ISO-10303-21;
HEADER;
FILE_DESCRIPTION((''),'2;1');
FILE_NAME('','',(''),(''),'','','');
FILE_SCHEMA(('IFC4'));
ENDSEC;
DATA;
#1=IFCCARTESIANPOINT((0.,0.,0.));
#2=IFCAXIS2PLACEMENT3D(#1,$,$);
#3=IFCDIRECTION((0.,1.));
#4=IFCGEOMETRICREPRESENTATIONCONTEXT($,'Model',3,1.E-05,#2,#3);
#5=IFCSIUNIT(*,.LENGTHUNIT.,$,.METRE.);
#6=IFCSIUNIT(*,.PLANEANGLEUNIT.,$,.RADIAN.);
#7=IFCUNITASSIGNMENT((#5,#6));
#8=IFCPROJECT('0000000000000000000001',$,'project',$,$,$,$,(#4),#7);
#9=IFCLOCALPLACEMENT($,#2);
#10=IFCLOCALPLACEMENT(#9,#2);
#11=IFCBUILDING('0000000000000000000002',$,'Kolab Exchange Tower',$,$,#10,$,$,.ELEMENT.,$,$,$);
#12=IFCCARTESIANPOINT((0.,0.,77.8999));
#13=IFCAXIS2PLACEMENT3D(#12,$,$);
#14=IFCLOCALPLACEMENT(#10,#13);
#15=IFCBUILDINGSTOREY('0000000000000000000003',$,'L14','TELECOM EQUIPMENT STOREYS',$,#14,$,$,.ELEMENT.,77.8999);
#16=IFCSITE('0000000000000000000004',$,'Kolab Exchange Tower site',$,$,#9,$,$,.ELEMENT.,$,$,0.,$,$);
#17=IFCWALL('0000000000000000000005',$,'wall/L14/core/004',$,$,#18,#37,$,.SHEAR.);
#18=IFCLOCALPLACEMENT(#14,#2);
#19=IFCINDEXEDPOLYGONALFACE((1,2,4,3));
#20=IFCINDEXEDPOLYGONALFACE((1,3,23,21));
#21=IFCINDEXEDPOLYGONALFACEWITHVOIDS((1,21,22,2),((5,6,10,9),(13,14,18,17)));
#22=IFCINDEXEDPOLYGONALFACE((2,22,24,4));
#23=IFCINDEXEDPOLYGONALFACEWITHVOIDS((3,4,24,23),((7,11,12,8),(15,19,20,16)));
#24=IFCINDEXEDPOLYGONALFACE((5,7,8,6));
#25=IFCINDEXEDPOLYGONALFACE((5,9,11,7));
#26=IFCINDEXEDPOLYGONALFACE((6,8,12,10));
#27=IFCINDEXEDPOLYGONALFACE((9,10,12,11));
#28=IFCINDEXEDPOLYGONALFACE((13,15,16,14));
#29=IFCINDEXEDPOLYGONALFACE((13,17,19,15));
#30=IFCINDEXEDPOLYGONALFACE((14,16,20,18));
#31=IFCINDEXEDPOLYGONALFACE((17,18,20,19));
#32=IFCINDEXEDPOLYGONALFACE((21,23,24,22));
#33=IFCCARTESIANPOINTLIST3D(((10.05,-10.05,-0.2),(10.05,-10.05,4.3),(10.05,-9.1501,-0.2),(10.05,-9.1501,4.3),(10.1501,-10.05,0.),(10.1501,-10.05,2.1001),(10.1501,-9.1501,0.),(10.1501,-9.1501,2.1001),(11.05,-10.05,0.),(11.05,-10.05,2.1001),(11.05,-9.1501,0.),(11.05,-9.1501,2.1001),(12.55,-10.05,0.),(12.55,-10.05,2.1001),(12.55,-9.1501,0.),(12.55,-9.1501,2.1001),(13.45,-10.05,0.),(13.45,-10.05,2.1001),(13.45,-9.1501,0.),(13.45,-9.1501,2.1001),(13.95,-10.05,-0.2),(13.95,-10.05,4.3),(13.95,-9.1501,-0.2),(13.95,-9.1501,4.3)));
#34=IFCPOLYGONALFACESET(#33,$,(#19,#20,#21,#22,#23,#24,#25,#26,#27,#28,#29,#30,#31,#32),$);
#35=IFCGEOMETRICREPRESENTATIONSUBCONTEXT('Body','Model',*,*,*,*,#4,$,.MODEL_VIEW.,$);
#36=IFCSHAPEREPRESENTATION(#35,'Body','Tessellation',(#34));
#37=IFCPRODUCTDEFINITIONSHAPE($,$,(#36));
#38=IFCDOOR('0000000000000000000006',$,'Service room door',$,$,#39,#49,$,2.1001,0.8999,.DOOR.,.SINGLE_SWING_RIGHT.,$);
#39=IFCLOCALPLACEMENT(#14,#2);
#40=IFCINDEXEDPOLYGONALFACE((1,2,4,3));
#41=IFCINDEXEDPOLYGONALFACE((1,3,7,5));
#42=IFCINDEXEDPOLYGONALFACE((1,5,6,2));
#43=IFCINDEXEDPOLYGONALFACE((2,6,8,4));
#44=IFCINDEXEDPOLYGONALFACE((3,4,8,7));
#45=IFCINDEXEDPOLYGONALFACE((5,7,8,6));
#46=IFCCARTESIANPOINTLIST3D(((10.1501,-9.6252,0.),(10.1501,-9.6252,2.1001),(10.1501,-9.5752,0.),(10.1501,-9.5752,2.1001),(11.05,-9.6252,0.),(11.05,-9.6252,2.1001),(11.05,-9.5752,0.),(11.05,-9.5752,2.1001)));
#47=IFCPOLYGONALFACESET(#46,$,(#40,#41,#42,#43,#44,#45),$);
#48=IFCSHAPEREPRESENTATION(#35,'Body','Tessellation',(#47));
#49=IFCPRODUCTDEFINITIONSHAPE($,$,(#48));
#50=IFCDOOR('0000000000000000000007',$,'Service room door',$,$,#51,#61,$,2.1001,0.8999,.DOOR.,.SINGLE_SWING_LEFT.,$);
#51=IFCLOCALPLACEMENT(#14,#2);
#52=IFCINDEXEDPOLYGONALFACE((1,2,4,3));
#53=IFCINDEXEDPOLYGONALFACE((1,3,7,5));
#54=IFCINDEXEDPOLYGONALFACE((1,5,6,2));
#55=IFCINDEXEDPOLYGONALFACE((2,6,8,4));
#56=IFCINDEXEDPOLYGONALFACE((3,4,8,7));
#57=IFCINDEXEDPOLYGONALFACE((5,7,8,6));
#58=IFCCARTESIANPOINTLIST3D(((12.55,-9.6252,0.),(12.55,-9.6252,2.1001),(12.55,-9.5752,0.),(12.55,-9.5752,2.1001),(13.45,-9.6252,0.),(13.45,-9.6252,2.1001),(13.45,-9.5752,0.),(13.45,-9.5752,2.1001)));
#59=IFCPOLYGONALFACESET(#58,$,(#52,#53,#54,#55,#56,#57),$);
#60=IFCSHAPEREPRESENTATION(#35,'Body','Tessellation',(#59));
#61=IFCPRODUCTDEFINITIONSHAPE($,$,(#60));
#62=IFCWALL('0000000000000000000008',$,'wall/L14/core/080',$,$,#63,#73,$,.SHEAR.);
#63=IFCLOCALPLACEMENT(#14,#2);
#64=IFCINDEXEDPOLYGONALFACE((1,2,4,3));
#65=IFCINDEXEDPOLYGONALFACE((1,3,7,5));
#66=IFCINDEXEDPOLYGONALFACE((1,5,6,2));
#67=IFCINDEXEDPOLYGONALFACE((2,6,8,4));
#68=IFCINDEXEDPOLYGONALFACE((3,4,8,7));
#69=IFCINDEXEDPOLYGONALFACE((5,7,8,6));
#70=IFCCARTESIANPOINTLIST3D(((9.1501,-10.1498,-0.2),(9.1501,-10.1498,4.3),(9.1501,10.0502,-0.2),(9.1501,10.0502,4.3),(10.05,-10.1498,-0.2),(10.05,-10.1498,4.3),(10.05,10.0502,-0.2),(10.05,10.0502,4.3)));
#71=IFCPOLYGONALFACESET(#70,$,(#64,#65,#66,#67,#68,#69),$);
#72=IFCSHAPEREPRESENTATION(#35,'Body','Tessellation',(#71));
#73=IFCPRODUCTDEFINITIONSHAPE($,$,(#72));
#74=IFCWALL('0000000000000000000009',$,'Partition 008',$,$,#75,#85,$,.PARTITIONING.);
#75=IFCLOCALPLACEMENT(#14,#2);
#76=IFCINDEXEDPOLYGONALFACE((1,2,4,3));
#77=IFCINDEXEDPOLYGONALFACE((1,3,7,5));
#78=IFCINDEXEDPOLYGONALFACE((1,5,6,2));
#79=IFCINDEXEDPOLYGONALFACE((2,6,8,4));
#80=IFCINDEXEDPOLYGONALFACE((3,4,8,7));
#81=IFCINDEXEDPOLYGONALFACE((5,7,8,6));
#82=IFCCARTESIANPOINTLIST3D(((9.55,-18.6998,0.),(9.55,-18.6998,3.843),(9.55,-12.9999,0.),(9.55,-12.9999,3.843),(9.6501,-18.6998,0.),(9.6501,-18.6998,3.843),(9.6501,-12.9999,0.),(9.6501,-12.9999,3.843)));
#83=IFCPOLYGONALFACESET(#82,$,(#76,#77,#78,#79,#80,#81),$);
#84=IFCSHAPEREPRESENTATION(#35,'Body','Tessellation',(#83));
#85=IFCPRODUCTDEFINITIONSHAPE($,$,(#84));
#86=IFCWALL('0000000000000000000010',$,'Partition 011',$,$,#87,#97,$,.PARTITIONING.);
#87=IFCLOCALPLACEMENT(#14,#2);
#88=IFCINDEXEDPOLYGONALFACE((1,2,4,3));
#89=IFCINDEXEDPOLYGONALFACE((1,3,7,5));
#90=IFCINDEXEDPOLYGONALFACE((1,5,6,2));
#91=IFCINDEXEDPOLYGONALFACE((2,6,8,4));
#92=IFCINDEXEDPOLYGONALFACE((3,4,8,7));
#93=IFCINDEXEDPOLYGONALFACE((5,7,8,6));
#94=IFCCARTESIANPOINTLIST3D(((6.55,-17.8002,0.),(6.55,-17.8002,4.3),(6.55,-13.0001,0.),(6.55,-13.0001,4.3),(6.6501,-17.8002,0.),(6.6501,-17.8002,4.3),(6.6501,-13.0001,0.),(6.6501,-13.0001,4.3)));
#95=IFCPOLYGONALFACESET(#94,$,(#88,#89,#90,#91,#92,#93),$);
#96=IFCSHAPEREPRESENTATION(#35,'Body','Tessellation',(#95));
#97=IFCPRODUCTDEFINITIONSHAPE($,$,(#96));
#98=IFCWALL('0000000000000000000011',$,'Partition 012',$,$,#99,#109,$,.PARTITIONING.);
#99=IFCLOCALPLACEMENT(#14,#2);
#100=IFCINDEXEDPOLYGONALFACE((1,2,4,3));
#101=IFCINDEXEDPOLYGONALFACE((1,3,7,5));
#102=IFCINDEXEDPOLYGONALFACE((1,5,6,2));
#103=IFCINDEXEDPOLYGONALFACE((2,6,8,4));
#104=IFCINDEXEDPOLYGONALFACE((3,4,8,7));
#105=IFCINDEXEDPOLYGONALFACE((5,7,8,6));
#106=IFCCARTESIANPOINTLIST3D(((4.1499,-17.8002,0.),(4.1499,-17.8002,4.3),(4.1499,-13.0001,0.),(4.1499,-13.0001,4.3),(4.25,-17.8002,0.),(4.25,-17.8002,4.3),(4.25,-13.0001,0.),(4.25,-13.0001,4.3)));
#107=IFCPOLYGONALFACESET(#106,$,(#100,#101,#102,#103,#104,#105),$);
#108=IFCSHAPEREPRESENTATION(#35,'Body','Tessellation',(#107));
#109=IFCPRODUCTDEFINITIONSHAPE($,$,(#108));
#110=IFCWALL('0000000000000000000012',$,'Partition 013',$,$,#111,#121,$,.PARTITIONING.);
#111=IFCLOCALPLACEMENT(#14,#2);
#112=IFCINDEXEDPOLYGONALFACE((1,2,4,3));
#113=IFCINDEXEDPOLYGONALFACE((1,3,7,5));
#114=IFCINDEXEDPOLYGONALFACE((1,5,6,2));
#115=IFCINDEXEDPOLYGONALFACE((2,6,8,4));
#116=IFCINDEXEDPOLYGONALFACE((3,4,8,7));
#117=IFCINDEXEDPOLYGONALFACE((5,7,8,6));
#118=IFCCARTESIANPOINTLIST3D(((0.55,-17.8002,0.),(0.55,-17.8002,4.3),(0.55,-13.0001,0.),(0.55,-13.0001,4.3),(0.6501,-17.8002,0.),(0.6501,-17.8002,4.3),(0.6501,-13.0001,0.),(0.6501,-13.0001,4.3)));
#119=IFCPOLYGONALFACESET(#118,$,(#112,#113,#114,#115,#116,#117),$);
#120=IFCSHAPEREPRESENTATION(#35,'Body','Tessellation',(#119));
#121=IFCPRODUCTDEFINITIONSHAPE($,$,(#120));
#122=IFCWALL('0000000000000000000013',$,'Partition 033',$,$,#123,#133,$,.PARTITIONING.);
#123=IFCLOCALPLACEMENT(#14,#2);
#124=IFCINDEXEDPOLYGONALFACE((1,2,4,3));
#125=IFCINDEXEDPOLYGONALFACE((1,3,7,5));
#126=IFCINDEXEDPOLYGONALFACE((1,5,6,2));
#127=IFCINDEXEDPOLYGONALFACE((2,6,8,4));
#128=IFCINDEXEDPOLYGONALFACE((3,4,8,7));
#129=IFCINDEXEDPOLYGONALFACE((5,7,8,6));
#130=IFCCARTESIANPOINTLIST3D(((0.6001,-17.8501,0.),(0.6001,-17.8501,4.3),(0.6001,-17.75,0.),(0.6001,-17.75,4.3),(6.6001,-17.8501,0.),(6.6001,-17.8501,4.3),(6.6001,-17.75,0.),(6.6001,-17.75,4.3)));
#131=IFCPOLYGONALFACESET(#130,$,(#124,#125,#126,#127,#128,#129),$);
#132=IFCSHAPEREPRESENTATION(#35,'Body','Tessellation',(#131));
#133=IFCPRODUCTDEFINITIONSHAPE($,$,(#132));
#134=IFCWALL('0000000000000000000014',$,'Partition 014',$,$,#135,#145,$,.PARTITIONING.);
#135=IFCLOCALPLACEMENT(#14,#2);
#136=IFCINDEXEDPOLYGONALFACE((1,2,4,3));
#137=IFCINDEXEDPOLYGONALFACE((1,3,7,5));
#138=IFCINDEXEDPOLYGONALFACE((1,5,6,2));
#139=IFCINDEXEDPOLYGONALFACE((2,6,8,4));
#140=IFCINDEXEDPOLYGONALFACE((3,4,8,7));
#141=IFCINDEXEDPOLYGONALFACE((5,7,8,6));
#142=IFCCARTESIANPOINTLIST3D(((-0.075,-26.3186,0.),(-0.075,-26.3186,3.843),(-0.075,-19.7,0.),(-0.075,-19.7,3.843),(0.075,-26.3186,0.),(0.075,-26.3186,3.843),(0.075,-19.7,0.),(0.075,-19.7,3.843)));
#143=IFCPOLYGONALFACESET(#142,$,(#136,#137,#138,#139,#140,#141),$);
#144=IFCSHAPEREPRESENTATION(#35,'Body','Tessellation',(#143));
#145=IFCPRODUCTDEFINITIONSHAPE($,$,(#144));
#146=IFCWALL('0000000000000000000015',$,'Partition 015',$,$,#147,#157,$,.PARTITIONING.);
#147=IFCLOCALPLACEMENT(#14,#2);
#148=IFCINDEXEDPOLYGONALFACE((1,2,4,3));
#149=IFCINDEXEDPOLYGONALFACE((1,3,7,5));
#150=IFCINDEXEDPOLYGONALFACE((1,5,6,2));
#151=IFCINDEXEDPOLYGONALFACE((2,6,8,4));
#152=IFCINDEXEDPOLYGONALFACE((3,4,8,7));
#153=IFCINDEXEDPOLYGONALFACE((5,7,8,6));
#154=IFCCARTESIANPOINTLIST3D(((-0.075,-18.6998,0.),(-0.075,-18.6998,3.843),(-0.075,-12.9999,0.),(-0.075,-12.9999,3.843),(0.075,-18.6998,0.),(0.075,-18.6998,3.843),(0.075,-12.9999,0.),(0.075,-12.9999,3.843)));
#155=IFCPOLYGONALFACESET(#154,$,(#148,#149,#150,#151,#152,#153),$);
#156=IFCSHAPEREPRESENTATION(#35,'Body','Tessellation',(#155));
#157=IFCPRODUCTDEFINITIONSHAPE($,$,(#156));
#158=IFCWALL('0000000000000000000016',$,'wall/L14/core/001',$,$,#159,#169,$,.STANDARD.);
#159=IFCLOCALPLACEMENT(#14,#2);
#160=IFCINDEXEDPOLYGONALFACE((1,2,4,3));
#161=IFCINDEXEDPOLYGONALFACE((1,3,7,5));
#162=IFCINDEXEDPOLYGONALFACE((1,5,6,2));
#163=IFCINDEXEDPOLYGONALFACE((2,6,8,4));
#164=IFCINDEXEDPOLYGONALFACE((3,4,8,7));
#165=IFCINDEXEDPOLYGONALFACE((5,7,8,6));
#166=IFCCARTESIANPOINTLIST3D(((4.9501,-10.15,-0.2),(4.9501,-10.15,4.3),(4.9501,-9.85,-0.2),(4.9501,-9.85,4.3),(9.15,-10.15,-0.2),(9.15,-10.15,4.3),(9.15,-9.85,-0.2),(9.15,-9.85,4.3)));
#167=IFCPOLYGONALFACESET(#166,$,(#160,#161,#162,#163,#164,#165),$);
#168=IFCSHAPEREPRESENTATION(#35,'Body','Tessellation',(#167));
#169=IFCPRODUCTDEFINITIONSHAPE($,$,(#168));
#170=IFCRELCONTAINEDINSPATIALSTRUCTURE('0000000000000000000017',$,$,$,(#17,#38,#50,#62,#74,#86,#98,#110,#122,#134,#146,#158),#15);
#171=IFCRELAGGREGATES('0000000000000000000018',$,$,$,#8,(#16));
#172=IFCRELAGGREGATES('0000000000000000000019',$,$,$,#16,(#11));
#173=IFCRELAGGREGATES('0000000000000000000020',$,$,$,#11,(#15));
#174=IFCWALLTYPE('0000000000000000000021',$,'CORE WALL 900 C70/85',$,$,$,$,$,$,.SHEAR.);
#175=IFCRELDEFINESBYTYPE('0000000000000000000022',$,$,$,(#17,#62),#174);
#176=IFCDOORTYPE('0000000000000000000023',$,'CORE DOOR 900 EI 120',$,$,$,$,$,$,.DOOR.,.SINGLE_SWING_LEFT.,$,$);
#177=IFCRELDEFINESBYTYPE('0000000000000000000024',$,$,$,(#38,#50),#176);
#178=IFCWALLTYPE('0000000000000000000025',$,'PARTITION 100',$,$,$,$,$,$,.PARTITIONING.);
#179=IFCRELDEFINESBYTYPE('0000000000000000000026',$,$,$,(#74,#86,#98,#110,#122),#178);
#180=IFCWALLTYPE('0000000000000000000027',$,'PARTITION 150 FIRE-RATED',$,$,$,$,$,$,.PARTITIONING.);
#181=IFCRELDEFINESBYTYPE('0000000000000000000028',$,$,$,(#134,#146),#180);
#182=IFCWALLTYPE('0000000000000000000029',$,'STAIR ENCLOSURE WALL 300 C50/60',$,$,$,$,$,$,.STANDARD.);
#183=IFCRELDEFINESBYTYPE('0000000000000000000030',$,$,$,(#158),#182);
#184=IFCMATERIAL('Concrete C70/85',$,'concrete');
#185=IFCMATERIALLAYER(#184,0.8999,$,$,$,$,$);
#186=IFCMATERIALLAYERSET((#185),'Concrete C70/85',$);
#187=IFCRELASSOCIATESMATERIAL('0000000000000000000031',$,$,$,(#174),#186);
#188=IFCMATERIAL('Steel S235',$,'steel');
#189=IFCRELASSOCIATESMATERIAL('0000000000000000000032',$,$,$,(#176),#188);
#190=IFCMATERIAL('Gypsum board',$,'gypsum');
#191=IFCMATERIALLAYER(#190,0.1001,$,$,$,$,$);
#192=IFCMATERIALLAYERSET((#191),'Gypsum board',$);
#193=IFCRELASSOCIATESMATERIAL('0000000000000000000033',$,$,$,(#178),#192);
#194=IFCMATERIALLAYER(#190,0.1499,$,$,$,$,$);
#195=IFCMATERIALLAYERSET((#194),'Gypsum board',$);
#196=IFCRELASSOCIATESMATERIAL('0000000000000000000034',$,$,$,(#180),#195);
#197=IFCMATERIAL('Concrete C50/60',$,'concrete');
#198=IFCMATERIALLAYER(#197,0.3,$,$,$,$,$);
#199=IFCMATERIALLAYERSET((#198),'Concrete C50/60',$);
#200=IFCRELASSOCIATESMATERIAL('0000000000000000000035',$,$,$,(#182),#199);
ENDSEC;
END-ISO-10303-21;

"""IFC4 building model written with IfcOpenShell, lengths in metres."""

from ifc_helpers import new_model, si_unit, direction, frame, frame_2d, origin, place, context, subcontext, project, spatial, rectangle, extrude, material, layer, layer_set, type_object, element, fill, save


model = new_model("IFC4")

# Units and contexts
model_context = context("Model", 3, precision=1e-05, world=origin(), true_north=direction((0.0, 1.0)))
body_context = subcontext(model_context, "Body", "Model", "MODEL_VIEW")
ifc_project = project(units=[si_unit("LENGTHUNIT", "METRE"), si_unit("PLANEANGLEUNIT", "RADIAN")], contexts=[model_context])

# Site, building, storey
site_placement = place(None, origin())
site = spatial("IfcSite", under=ifc_project, at=site_placement, Name="Kolab Exchange Tower site", CompositionType="ELEMENT", RefElevation=0.0)
building_placement = place(site_placement, origin())
building = spatial("IfcBuilding", under=site, at=building_placement, Name="Kolab Exchange Tower", CompositionType="ELEMENT")
storey_placement = place(building_placement, frame((0.0, 0.0, 77.8999)))
storey = spatial("IfcBuildingStorey", under=building, at=storey_placement, Name="L14", Description="TELECOM EQUIPMENT STOREYS", CompositionType="ELEMENT", Elevation=77.8999)

# Shared definitions
ifc_material_1 = material(Name="Concrete C70/85", Category="concrete")

# Wall, openings, doors
ifc_layer_1 = layer(ifc_material_1, 0.8999)
ifc_layer_set_1 = layer_set([ifc_layer_1], Name="Concrete C70/85")
wall_type_1 = type_object("IfcWallType", Name="CORE WALL 900 C70/85", PredefinedType="SHEAR", material=ifc_layer_set_1)
wall_1_placement = place(storey_placement, frame((10.05, -9.6001, -0.2), z_axis=(0.0, 0.0, 1.0), x_axis=(1.0, 0.0, 0.0)))
wall_1 = element("IfcWall", 1, at=wall_1_placement, inside=storey, type_object=wall_type_1, Name="wall/L14/core/004", PredefinedType="SHEAR", context=body_context, shape_type="SweptSolid", body=[
    extrude(rectangle(XDim=3.8999, YDim=0.8999, at=frame_2d((1.95, 0.0))), origin(), (0.0, 0.0, 1.0), 4.5),
])
opening_1_placement = place(wall_1_placement, frame((0.1001, 0.0, 0.2)))
opening_1 = element("IfcOpeningElement", 2, at=opening_1_placement, cuts=wall_1, PredefinedType="OPENING", context=body_context, shape_type="SweptSolid", body=[
    extrude(rectangle(XDim=0.8999, YDim=2.1001, at=frame_2d((0.45, 1.05))), frame((0.0, 0.46, 0.0), z_axis=(0.0, -1.0, 0.0), x_axis=(1.0, 0.0, 0.0)), (0.0, 0.0, 1.0), 0.9199),
])
opening_2_placement = place(wall_1_placement, frame((2.5, 0.0, 0.2)))
opening_2 = element("IfcOpeningElement", 3, at=opening_2_placement, cuts=wall_1, PredefinedType="OPENING", context=body_context, shape_type="SweptSolid", body=[
    extrude(rectangle(XDim=0.8999, YDim=2.1001, at=frame_2d((0.45, 1.05))), frame((0.0, 0.46, 0.0), z_axis=(0.0, -1.0, 0.0), x_axis=(1.0, 0.0, 0.0)), (0.0, 0.0, 1.0), 0.9199),
])
ifc_material_2 = material(Name="Steel S235", Category="steel")
door_type = type_object("IfcDoorType", Name="CORE DOOR 900 EI 120", OperationType="SINGLE_SWING_LEFT", PredefinedType="DOOR", material=ifc_material_2)
door_1_placement = place(opening_1_placement, origin())
door_1 = element("IfcDoor", 4, at=door_1_placement, inside=storey, type_object=door_type, Name="Service room door", OperationType="SINGLE_SWING_RIGHT", OverallHeight=2.1001, OverallWidth=0.8999, PredefinedType="DOOR", context=body_context, shape_type="SweptSolid", body=[
    extrude(rectangle(XDim=0.8999, YDim=2.1001, at=frame_2d((0.45, 1.05))), frame((0.0, 0.0249, 0.0), z_axis=(0.0, -1.0, 0.0), x_axis=(1.0, 0.0, 0.0)), (0.0, 0.0, 1.0), 0.05),
])
fill(opening_1, door_1)
door_2_placement = place(opening_2_placement, origin())
door_2 = element("IfcDoor", 5, at=door_2_placement, inside=storey, type_object=door_type, Name="Service room door", OperationType="SINGLE_SWING_LEFT", OverallHeight=2.1001, OverallWidth=0.8999, PredefinedType="DOOR", context=body_context, shape_type="SweptSolid", body=[
    extrude(rectangle(XDim=0.8999, YDim=2.1001, at=frame_2d((0.45, 1.05))), frame((0.0, 0.0249, 0.0), z_axis=(0.0, -1.0, 0.0), x_axis=(1.0, 0.0, 0.0)), (0.0, 0.0, 1.0), 0.05),
])
fill(opening_2, door_2)

# Walls
wall_2_placement = place(storey_placement, frame((9.6001, -10.1499, -0.2), z_axis=(0.0, 0.0, 1.0), x_axis=(0.0, 1.0, 0.0)))
element("IfcWall", 6, at=wall_2_placement, inside=storey, type_object=wall_type_1, Name="wall/L14/core/080", PredefinedType="SHEAR", context=body_context, shape_type="SweptSolid", body=[
    extrude(rectangle(XDim=20.2, YDim=0.8999, at=frame_2d((10.1001, 0.0))), origin(), (0.0, 0.0, 1.0), 4.5),
])
ifc_material_3 = material(Name="Gypsum board", Category="gypsum")
ifc_layer_2 = layer(ifc_material_3, 0.1001)
ifc_layer_set_2 = layer_set([ifc_layer_2], Name="Gypsum board")
wall_type_2 = type_object("IfcWallType", Name="PARTITION 100", PredefinedType="PARTITIONING", material=ifc_layer_set_2)
wall_3_placement = place(storey_placement, frame((9.6001, -18.7, 0.0), z_axis=(0.0, 0.0, 1.0), x_axis=(0.0, 1.0, 0.0)))
element("IfcWall", 7, at=wall_3_placement, inside=storey, type_object=wall_type_2, Name="Partition 008", PredefinedType="PARTITIONING", context=body_context, shape_type="SweptSolid", body=[
    extrude(rectangle(XDim=5.7, YDim=0.1001, at=frame_2d((2.8501, 0.0))), origin(), (0.0, 0.0, 1.0), 3.843),
])
for number, where, z_axis, x_axis, name in (
    (8, (6.6001, -17.8, 0.0), (0.0, 0.0, 1.0), (0.0, 1.0, 0.0), "Partition 011"),
    (9, (4.2, -17.8, 0.0), (0.0, 0.0, 1.0), (0.0, 1.0, 0.0), "Partition 012"),
    (10, (0.6001, -17.8, 0.0), (0.0, 0.0, 1.0), (0.0, 1.0, 0.0), "Partition 013"),
):
    element("IfcWall", number, at=place(storey_placement, frame(where, z_axis=z_axis, x_axis=x_axis)), inside=storey, type_object=wall_type_2, Name=name, PredefinedType="PARTITIONING", context=body_context, shape_type="SweptSolid", body=[
        extrude(rectangle(XDim=4.8, YDim=0.1001, at=frame_2d((2.3999, 0.0))), origin(), (0.0, 0.0, 1.0), 4.3),
    ])
wall_4_placement = place(storey_placement, frame((0.6001, -17.8, 0.0), z_axis=(0.0, 0.0, 1.0), x_axis=(1.0, 0.0, 0.0)))
element("IfcWall", 11, at=wall_4_placement, inside=storey, type_object=wall_type_2, Name="Partition 033", PredefinedType="PARTITIONING", context=body_context, shape_type="SweptSolid", body=[
    extrude(rectangle(XDim=6.0, YDim=0.1001, at=frame_2d((3.0, 0.0))), origin(), (0.0, 0.0, 1.0), 4.3),
])
ifc_layer_3 = layer(ifc_material_3, 0.1499)
ifc_layer_set_3 = layer_set([ifc_layer_3], Name="Gypsum board")
wall_type_3 = type_object("IfcWallType", Name="PARTITION 150 FIRE-RATED", PredefinedType="PARTITIONING", material=ifc_layer_set_3)
wall_5_placement = place(storey_placement, frame((0.0, -26.3186, 0.0), z_axis=(0.0, 0.0, 1.0), x_axis=(0.0, 1.0, 0.0)))
element("IfcWall", 12, at=wall_5_placement, inside=storey, type_object=wall_type_3, Name="Partition 014", PredefinedType="PARTITIONING", context=body_context, shape_type="SweptSolid", body=[
    extrude(rectangle(XDim=6.6187, YDim=0.1499, at=frame_2d((3.3093, 0.0))), origin(), (0.0, 0.0, 1.0), 3.843),
])
wall_6_placement = place(storey_placement, frame((0.0, -18.7, 0.0), z_axis=(0.0, 0.0, 1.0), x_axis=(0.0, 1.0, 0.0)))
element("IfcWall", 13, at=wall_6_placement, inside=storey, type_object=wall_type_3, Name="Partition 015", PredefinedType="PARTITIONING", context=body_context, shape_type="SweptSolid", body=[
    extrude(rectangle(XDim=5.7, YDim=0.1499, at=frame_2d((2.8501, 0.0))), origin(), (0.0, 0.0, 1.0), 3.843),
])
ifc_material_4 = material(Name="Concrete C50/60", Category="concrete")
ifc_layer_4 = layer(ifc_material_4, 0.3)
ifc_layer_set_4 = layer_set([ifc_layer_4], Name="Concrete C50/60")
wall_type_4 = type_object("IfcWallType", Name="STAIR ENCLOSURE WALL 300 C50/60", PredefinedType="STANDARD", material=ifc_layer_set_4)
wall_7_placement = place(storey_placement, frame((4.95, -10.0, -0.2), z_axis=(0.0, 0.0, 1.0), x_axis=(1.0, 0.0, 0.0)))
element("IfcWall", 14, at=wall_7_placement, inside=storey, type_object=wall_type_4, Name="wall/L14/core/001", PredefinedType="STANDARD", context=body_context, shape_type="SweptSolid", body=[
    extrude(rectangle(XDim=4.2, YDim=0.3, at=frame_2d((2.1001, 0.0))), origin(), (0.0, 0.0, 1.0), 4.5),
])

save(model, "model.ifc")
